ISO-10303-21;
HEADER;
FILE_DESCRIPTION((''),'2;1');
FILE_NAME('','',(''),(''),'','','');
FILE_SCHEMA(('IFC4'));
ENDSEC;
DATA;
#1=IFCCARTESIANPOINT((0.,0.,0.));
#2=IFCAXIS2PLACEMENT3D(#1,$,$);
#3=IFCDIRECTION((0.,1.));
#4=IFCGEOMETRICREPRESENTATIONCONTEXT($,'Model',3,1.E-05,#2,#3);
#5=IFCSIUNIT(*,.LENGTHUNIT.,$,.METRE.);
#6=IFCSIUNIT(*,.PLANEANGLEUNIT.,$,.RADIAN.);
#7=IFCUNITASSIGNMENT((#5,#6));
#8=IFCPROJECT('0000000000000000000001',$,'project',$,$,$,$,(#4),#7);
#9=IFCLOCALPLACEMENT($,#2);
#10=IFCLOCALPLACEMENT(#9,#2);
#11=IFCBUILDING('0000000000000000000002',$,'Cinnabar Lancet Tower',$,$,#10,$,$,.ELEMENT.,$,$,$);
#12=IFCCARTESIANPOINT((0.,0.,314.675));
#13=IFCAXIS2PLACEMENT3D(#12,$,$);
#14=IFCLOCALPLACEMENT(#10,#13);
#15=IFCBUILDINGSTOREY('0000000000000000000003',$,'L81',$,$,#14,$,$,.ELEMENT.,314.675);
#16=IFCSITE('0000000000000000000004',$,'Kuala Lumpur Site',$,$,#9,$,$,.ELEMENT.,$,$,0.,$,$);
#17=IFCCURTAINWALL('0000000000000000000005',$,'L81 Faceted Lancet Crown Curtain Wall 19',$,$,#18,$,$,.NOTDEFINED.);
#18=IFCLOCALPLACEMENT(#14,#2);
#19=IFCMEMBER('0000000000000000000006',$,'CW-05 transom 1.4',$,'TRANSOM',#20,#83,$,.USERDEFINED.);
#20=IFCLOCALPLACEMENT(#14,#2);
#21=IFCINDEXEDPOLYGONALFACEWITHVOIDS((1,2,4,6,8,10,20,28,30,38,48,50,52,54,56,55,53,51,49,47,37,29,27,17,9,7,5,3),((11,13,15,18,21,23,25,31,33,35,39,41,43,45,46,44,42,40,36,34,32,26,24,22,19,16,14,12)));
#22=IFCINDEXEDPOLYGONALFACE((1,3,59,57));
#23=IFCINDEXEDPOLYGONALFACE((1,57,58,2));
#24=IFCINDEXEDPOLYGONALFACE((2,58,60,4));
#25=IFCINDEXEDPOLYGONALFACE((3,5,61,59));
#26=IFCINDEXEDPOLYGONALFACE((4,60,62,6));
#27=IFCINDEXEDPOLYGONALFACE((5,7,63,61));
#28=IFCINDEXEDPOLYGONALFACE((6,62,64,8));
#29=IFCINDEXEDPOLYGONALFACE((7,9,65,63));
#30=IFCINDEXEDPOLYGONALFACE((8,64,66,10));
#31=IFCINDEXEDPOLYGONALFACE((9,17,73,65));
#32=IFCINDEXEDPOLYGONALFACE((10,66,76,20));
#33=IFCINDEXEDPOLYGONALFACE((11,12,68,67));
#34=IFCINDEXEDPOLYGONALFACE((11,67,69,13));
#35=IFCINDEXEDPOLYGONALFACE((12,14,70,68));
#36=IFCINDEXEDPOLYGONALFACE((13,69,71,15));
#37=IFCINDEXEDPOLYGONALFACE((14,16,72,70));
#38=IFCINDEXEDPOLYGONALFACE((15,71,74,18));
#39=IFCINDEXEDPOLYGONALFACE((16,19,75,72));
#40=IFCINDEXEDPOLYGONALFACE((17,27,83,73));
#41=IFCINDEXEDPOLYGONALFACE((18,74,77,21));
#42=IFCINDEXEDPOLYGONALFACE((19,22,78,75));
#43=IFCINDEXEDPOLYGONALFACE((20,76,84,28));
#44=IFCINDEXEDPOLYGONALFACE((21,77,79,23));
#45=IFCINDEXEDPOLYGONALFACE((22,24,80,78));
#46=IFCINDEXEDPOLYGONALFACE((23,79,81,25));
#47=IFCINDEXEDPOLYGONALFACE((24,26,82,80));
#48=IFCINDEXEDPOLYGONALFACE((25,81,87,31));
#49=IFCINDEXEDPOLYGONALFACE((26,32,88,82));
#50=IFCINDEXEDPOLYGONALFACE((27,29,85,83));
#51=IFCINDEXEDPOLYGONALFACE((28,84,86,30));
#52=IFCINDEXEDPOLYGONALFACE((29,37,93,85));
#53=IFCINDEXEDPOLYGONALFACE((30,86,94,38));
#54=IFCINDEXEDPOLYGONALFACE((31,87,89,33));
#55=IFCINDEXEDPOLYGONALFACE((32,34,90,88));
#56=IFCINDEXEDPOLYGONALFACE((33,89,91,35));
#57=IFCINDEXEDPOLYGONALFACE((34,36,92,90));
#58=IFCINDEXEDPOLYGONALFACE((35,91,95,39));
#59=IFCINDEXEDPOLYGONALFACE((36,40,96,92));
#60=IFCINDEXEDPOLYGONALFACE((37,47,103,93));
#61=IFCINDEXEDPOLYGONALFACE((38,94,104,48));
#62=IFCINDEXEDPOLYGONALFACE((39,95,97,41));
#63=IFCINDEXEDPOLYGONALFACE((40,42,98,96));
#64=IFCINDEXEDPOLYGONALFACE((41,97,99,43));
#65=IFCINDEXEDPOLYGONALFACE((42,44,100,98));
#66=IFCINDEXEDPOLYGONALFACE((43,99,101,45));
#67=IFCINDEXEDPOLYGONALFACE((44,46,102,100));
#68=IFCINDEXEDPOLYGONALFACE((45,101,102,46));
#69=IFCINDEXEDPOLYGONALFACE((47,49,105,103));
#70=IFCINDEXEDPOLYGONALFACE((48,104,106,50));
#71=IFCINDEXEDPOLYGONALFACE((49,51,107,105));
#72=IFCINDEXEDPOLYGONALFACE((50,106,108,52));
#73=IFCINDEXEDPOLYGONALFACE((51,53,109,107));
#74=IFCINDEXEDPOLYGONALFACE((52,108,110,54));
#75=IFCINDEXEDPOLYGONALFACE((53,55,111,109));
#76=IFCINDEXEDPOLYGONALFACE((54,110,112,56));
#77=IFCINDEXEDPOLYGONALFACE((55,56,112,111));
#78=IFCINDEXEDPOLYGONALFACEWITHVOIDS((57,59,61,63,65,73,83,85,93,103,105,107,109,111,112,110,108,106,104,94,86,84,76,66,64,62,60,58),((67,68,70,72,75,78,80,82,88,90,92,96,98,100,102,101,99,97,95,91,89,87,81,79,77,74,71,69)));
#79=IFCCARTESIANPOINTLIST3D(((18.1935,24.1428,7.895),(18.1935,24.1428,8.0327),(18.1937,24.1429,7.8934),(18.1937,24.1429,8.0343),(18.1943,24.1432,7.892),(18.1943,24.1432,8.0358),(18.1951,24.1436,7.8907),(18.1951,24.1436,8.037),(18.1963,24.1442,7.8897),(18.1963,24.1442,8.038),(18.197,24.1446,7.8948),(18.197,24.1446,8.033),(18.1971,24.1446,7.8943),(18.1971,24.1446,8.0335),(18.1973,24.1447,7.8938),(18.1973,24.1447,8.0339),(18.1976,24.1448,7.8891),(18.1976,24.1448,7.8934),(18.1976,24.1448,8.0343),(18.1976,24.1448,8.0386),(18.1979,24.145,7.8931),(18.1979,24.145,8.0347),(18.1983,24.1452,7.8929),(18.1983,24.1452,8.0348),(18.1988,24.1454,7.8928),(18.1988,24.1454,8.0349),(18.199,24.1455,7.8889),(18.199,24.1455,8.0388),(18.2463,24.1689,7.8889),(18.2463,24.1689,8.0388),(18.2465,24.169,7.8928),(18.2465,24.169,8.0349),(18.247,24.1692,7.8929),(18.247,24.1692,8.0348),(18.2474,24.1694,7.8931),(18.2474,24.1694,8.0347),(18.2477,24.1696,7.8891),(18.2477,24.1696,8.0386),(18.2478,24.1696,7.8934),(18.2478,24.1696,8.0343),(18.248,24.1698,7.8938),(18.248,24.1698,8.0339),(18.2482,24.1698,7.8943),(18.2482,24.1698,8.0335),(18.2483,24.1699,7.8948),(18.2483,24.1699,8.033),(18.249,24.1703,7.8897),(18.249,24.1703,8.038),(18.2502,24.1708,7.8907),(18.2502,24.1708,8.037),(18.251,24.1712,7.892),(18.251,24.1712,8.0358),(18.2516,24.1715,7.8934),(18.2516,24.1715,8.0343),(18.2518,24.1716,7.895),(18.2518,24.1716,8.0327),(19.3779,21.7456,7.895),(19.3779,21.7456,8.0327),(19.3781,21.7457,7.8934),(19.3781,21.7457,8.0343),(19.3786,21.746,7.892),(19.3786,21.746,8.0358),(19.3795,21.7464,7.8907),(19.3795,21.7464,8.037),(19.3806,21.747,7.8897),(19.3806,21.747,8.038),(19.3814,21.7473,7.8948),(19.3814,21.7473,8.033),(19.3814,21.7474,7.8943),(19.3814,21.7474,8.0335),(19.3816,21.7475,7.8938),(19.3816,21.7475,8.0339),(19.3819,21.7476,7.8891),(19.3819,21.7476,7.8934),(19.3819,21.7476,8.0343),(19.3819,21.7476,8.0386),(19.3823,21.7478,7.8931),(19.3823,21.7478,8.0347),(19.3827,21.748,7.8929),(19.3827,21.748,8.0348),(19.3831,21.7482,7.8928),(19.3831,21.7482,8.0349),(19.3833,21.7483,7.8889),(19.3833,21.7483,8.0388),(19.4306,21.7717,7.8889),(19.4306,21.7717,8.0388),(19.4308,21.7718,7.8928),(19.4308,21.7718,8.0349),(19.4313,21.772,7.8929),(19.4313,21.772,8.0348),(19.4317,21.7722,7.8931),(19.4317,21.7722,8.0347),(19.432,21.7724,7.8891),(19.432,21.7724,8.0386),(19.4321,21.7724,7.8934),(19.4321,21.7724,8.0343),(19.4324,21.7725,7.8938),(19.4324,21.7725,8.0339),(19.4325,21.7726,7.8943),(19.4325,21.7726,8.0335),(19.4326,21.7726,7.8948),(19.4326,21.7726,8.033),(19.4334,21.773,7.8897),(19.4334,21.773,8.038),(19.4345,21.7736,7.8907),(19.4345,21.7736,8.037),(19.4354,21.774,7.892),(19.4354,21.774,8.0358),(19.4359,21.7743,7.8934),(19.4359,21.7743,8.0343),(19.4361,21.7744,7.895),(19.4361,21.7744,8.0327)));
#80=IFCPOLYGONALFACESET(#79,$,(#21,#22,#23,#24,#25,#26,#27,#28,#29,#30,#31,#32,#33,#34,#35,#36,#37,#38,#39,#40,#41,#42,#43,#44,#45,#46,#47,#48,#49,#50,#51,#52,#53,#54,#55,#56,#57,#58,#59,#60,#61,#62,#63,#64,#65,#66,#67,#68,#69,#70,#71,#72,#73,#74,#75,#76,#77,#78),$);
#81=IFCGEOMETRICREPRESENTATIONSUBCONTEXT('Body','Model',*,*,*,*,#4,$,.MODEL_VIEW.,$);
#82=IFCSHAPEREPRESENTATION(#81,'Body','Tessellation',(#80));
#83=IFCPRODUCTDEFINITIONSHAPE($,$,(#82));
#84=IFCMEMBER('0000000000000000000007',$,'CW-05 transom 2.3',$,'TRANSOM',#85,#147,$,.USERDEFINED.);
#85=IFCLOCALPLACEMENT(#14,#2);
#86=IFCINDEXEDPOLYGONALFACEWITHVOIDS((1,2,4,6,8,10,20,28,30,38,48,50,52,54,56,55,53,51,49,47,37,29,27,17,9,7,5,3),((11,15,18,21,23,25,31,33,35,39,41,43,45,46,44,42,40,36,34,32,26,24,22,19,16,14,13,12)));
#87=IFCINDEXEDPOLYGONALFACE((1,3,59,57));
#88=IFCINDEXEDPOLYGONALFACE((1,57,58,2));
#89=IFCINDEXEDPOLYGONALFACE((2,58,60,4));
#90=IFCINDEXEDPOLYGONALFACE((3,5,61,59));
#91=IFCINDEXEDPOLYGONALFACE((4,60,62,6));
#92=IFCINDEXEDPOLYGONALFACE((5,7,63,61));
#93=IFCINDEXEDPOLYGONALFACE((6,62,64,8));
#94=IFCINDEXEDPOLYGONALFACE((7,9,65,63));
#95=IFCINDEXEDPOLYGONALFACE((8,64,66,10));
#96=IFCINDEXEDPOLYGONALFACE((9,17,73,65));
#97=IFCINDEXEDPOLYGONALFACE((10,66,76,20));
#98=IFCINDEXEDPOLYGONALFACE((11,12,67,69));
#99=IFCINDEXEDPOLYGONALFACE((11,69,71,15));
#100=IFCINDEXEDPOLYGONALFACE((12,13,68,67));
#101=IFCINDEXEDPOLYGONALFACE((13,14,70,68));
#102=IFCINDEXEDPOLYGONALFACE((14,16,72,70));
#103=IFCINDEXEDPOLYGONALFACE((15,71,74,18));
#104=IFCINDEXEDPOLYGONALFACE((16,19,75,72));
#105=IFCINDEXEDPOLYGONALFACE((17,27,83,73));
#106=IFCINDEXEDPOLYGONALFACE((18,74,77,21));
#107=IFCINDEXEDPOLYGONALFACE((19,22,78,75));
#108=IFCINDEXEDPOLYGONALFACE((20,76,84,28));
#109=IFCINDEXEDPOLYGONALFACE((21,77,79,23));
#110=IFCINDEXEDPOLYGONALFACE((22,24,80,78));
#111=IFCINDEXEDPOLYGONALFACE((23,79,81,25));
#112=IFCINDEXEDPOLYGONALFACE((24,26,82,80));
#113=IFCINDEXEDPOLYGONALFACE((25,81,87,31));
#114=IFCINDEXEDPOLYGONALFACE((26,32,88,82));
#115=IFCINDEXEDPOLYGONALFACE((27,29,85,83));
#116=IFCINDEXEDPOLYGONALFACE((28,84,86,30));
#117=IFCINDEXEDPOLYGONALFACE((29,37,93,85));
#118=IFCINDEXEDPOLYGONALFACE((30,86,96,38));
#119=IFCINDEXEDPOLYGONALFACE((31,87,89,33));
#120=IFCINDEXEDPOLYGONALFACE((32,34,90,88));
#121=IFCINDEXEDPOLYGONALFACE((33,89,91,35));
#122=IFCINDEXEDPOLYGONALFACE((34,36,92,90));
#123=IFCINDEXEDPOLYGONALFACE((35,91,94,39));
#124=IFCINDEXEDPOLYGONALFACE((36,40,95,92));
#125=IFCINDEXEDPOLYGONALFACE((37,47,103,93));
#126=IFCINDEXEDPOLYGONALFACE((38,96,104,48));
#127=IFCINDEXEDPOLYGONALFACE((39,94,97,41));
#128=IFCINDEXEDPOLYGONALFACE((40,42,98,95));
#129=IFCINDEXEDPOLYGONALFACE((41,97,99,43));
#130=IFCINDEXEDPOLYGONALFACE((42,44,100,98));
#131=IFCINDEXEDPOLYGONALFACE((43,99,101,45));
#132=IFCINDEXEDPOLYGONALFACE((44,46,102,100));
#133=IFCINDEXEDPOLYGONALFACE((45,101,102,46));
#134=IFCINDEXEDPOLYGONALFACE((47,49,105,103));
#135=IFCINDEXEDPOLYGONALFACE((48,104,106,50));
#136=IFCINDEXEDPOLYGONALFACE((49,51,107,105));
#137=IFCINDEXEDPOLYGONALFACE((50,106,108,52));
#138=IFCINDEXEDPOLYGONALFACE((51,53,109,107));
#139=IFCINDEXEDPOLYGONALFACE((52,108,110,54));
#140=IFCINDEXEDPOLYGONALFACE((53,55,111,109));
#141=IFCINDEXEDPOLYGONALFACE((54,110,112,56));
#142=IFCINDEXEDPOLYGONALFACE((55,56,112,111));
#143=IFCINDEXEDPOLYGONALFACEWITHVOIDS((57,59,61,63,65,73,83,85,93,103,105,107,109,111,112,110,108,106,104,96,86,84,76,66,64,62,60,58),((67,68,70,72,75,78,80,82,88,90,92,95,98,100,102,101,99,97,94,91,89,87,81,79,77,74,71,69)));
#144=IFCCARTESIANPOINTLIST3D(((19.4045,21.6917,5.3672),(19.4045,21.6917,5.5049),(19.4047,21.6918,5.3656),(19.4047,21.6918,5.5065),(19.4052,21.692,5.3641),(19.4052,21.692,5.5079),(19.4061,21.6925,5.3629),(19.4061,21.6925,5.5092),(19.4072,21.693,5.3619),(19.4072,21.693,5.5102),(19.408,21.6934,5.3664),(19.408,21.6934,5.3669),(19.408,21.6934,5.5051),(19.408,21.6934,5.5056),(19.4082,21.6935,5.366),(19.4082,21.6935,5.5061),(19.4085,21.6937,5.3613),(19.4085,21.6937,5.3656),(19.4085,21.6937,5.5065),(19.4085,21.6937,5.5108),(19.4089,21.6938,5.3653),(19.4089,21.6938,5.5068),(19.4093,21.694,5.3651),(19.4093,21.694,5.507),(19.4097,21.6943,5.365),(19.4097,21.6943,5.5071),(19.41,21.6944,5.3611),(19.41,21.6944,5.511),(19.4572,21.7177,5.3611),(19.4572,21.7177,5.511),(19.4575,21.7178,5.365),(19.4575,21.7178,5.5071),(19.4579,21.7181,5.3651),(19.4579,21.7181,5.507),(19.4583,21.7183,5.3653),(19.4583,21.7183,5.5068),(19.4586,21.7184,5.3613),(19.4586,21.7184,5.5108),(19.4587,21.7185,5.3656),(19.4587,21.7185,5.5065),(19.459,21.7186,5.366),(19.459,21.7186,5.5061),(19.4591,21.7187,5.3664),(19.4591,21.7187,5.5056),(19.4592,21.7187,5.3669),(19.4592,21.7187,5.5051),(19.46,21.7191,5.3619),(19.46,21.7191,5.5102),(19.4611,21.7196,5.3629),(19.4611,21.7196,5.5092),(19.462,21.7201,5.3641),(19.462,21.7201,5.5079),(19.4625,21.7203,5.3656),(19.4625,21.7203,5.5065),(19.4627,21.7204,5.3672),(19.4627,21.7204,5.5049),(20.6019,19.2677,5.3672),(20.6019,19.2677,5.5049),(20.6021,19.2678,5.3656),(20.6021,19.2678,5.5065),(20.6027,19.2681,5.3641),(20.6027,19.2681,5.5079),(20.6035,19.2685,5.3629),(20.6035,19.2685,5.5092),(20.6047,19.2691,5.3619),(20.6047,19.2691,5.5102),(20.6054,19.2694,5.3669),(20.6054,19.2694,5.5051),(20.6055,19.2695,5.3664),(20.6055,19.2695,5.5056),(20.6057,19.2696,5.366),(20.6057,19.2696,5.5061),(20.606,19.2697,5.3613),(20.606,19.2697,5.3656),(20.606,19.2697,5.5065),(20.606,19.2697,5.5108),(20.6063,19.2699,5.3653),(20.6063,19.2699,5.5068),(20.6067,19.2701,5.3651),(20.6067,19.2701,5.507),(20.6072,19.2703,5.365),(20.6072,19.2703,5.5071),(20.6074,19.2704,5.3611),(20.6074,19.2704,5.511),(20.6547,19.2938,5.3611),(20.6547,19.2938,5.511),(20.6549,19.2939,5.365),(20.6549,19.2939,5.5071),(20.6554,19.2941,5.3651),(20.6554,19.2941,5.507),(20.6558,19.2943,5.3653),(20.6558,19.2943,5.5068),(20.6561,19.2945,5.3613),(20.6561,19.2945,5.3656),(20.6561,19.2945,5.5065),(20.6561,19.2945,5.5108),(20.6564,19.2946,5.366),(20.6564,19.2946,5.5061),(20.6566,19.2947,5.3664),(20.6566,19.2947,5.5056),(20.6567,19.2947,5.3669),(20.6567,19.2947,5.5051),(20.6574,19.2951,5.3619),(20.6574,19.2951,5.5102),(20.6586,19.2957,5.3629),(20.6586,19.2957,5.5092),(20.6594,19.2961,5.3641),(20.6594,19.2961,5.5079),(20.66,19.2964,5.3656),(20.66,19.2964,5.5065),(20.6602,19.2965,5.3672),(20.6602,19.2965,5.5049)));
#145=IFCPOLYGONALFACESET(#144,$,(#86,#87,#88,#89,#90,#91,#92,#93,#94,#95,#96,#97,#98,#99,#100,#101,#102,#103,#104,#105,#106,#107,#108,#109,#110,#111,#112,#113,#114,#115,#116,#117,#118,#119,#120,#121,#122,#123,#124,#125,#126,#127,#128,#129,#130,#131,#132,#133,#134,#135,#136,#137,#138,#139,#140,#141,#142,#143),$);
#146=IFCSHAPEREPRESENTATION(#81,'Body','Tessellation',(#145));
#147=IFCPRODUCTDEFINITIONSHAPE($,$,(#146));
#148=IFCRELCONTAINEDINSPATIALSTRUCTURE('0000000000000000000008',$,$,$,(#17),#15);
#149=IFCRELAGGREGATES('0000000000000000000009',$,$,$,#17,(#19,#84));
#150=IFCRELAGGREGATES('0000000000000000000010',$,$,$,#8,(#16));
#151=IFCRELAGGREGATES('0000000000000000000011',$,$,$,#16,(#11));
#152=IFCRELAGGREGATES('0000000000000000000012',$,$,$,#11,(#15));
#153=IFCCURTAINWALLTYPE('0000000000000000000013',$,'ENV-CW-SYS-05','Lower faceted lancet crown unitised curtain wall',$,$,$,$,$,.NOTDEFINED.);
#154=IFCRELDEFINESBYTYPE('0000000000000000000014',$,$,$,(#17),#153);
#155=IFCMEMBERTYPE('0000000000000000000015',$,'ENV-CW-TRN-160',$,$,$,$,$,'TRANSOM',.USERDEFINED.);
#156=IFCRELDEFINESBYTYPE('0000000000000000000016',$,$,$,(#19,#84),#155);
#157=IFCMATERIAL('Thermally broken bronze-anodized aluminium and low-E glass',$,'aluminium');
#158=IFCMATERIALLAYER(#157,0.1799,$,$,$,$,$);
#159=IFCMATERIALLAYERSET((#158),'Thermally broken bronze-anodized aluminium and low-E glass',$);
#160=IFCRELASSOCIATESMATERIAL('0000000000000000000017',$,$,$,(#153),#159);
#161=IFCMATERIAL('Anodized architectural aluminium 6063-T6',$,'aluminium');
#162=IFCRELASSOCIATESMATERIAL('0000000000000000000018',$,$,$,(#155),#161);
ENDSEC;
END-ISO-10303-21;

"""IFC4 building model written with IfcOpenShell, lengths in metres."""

from ifc_helpers import new_model, si_unit, direction, frame, origin, origin_2d, place, context, subcontext, project, spatial, hollow_rectangle, extrude, material, layer, layer_set, material_profile, profile_set, type_object, element, aggregate, save


model = new_model("IFC4")

# Units and contexts
model_context = context("Model", 3, precision=1e-05, world=origin(), true_north=direction((0.0, 1.0)))
body_context = subcontext(model_context, "Body", "Model", "MODEL_VIEW")
ifc_project = project(units=[si_unit("LENGTHUNIT", "METRE"), si_unit("PLANEANGLEUNIT", "RADIAN")], contexts=[model_context])

# Site, building, storey
site_placement = place(None, origin())
site = spatial("IfcSite", under=ifc_project, at=site_placement, Name="Kuala Lumpur Site", CompositionType="ELEMENT", RefElevation=0.0)
building_placement = place(site_placement, origin())
building = spatial("IfcBuilding", under=site, at=building_placement, Name="Cinnabar Lancet Tower", CompositionType="ELEMENT")
storey_placement = place(building_placement, frame((0.0, 0.0, 314.675)))
storey = spatial("IfcBuildingStorey", under=building, at=storey_placement, Name="L81", CompositionType="ELEMENT", Elevation=314.675)

# Shared definitions
ifc_material_1 = material(Name="Thermally broken bronze-anodized aluminium and low-E glass", Category="aluminium")
ifc_layer_1 = layer(ifc_material_1, 0.1799)
ifc_layer_set_1 = layer_set([ifc_layer_1], Name="Thermally broken bronze-anodized aluminium and low-E glass")
curtain_wall_type = type_object("IfcCurtainWallType", Name="ENV-CW-SYS-05", Description="Lower faceted lancet crown unitised curtain wall", PredefinedType="NOTDEFINED", material=ifc_layer_set_1)

# Curtain wall
curtain_wall_1_placement = place(storey_placement, origin())
curtain_wall_1 = element("IfcCurtainWall", 1, at=curtain_wall_1_placement, inside=storey, type_object=curtain_wall_type, Name="L81 Faceted Lancet Crown Curtain Wall 19", PredefinedType="NOTDEFINED")

# Members
ifc_material_2 = material(Name="Anodized architectural aluminium 6063-T6", Category="aluminium")
ifc_material_profile_1 = material_profile(ifc_material_2, hollow_rectangle(XDim=0.0649, YDim=0.1499, WallThickness=0.0039, InnerFilletRadius=0.002, OuterFilletRadius=0.0061, at=origin_2d()), Name="CW-TRN 150x65x4")
ifc_profile_set_1 = profile_set([ifc_material_profile_1], Name="Anodized architectural aluminium 6063-T6")
member_type_1 = type_object("IfcMemberType", Name="ENV-CW-TRN-160", ElementType="TRANSOM", PredefinedType="USERDEFINED", material=ifc_profile_set_1)
member_1_placement = place(storey_placement, frame((18.2227, 24.1572, 7.9639), z_axis=(0.442935, -0.896554, 0.0), x_axis=(0.896554, 0.442935, 0.0)))
member_1 = element("IfcMember", 2, at=member_1_placement, type_object=member_type_1, Name="CW-05 transom 1.4", ObjectType="TRANSOM", PredefinedType="USERDEFINED", context=body_context, shape_type="SweptSolid", body=[
    extrude(hollow_rectangle(XDim=0.0649, YDim=0.1499, WallThickness=0.0039, InnerFilletRadius=0.002, OuterFilletRadius=0.0061, at=origin_2d()), origin(), (0.0, 0.0, 1.0), 2.6738),
])
member_2_placement = place(storey_placement, frame((19.4336, 21.7061, 5.436), z_axis=(0.44291, -0.896566, 0.0), x_axis=(0.896566, 0.44291, 0.0)))
member_2 = element("IfcMember", 3, at=member_2_placement, type_object=member_type_1, Name="CW-05 transom 2.3", ObjectType="TRANSOM", PredefinedType="USERDEFINED", context=body_context, shape_type="SweptSolid", body=[
    extrude(hollow_rectangle(XDim=0.0649, YDim=0.1499, WallThickness=0.0039, InnerFilletRadius=0.002, OuterFilletRadius=0.0061, at=origin_2d()), origin(), (0.0, 0.0, 1.0), 2.7036),
])

aggregate(curtain_wall_1, [member_1, member_2])

save(model, "model.ifc")
